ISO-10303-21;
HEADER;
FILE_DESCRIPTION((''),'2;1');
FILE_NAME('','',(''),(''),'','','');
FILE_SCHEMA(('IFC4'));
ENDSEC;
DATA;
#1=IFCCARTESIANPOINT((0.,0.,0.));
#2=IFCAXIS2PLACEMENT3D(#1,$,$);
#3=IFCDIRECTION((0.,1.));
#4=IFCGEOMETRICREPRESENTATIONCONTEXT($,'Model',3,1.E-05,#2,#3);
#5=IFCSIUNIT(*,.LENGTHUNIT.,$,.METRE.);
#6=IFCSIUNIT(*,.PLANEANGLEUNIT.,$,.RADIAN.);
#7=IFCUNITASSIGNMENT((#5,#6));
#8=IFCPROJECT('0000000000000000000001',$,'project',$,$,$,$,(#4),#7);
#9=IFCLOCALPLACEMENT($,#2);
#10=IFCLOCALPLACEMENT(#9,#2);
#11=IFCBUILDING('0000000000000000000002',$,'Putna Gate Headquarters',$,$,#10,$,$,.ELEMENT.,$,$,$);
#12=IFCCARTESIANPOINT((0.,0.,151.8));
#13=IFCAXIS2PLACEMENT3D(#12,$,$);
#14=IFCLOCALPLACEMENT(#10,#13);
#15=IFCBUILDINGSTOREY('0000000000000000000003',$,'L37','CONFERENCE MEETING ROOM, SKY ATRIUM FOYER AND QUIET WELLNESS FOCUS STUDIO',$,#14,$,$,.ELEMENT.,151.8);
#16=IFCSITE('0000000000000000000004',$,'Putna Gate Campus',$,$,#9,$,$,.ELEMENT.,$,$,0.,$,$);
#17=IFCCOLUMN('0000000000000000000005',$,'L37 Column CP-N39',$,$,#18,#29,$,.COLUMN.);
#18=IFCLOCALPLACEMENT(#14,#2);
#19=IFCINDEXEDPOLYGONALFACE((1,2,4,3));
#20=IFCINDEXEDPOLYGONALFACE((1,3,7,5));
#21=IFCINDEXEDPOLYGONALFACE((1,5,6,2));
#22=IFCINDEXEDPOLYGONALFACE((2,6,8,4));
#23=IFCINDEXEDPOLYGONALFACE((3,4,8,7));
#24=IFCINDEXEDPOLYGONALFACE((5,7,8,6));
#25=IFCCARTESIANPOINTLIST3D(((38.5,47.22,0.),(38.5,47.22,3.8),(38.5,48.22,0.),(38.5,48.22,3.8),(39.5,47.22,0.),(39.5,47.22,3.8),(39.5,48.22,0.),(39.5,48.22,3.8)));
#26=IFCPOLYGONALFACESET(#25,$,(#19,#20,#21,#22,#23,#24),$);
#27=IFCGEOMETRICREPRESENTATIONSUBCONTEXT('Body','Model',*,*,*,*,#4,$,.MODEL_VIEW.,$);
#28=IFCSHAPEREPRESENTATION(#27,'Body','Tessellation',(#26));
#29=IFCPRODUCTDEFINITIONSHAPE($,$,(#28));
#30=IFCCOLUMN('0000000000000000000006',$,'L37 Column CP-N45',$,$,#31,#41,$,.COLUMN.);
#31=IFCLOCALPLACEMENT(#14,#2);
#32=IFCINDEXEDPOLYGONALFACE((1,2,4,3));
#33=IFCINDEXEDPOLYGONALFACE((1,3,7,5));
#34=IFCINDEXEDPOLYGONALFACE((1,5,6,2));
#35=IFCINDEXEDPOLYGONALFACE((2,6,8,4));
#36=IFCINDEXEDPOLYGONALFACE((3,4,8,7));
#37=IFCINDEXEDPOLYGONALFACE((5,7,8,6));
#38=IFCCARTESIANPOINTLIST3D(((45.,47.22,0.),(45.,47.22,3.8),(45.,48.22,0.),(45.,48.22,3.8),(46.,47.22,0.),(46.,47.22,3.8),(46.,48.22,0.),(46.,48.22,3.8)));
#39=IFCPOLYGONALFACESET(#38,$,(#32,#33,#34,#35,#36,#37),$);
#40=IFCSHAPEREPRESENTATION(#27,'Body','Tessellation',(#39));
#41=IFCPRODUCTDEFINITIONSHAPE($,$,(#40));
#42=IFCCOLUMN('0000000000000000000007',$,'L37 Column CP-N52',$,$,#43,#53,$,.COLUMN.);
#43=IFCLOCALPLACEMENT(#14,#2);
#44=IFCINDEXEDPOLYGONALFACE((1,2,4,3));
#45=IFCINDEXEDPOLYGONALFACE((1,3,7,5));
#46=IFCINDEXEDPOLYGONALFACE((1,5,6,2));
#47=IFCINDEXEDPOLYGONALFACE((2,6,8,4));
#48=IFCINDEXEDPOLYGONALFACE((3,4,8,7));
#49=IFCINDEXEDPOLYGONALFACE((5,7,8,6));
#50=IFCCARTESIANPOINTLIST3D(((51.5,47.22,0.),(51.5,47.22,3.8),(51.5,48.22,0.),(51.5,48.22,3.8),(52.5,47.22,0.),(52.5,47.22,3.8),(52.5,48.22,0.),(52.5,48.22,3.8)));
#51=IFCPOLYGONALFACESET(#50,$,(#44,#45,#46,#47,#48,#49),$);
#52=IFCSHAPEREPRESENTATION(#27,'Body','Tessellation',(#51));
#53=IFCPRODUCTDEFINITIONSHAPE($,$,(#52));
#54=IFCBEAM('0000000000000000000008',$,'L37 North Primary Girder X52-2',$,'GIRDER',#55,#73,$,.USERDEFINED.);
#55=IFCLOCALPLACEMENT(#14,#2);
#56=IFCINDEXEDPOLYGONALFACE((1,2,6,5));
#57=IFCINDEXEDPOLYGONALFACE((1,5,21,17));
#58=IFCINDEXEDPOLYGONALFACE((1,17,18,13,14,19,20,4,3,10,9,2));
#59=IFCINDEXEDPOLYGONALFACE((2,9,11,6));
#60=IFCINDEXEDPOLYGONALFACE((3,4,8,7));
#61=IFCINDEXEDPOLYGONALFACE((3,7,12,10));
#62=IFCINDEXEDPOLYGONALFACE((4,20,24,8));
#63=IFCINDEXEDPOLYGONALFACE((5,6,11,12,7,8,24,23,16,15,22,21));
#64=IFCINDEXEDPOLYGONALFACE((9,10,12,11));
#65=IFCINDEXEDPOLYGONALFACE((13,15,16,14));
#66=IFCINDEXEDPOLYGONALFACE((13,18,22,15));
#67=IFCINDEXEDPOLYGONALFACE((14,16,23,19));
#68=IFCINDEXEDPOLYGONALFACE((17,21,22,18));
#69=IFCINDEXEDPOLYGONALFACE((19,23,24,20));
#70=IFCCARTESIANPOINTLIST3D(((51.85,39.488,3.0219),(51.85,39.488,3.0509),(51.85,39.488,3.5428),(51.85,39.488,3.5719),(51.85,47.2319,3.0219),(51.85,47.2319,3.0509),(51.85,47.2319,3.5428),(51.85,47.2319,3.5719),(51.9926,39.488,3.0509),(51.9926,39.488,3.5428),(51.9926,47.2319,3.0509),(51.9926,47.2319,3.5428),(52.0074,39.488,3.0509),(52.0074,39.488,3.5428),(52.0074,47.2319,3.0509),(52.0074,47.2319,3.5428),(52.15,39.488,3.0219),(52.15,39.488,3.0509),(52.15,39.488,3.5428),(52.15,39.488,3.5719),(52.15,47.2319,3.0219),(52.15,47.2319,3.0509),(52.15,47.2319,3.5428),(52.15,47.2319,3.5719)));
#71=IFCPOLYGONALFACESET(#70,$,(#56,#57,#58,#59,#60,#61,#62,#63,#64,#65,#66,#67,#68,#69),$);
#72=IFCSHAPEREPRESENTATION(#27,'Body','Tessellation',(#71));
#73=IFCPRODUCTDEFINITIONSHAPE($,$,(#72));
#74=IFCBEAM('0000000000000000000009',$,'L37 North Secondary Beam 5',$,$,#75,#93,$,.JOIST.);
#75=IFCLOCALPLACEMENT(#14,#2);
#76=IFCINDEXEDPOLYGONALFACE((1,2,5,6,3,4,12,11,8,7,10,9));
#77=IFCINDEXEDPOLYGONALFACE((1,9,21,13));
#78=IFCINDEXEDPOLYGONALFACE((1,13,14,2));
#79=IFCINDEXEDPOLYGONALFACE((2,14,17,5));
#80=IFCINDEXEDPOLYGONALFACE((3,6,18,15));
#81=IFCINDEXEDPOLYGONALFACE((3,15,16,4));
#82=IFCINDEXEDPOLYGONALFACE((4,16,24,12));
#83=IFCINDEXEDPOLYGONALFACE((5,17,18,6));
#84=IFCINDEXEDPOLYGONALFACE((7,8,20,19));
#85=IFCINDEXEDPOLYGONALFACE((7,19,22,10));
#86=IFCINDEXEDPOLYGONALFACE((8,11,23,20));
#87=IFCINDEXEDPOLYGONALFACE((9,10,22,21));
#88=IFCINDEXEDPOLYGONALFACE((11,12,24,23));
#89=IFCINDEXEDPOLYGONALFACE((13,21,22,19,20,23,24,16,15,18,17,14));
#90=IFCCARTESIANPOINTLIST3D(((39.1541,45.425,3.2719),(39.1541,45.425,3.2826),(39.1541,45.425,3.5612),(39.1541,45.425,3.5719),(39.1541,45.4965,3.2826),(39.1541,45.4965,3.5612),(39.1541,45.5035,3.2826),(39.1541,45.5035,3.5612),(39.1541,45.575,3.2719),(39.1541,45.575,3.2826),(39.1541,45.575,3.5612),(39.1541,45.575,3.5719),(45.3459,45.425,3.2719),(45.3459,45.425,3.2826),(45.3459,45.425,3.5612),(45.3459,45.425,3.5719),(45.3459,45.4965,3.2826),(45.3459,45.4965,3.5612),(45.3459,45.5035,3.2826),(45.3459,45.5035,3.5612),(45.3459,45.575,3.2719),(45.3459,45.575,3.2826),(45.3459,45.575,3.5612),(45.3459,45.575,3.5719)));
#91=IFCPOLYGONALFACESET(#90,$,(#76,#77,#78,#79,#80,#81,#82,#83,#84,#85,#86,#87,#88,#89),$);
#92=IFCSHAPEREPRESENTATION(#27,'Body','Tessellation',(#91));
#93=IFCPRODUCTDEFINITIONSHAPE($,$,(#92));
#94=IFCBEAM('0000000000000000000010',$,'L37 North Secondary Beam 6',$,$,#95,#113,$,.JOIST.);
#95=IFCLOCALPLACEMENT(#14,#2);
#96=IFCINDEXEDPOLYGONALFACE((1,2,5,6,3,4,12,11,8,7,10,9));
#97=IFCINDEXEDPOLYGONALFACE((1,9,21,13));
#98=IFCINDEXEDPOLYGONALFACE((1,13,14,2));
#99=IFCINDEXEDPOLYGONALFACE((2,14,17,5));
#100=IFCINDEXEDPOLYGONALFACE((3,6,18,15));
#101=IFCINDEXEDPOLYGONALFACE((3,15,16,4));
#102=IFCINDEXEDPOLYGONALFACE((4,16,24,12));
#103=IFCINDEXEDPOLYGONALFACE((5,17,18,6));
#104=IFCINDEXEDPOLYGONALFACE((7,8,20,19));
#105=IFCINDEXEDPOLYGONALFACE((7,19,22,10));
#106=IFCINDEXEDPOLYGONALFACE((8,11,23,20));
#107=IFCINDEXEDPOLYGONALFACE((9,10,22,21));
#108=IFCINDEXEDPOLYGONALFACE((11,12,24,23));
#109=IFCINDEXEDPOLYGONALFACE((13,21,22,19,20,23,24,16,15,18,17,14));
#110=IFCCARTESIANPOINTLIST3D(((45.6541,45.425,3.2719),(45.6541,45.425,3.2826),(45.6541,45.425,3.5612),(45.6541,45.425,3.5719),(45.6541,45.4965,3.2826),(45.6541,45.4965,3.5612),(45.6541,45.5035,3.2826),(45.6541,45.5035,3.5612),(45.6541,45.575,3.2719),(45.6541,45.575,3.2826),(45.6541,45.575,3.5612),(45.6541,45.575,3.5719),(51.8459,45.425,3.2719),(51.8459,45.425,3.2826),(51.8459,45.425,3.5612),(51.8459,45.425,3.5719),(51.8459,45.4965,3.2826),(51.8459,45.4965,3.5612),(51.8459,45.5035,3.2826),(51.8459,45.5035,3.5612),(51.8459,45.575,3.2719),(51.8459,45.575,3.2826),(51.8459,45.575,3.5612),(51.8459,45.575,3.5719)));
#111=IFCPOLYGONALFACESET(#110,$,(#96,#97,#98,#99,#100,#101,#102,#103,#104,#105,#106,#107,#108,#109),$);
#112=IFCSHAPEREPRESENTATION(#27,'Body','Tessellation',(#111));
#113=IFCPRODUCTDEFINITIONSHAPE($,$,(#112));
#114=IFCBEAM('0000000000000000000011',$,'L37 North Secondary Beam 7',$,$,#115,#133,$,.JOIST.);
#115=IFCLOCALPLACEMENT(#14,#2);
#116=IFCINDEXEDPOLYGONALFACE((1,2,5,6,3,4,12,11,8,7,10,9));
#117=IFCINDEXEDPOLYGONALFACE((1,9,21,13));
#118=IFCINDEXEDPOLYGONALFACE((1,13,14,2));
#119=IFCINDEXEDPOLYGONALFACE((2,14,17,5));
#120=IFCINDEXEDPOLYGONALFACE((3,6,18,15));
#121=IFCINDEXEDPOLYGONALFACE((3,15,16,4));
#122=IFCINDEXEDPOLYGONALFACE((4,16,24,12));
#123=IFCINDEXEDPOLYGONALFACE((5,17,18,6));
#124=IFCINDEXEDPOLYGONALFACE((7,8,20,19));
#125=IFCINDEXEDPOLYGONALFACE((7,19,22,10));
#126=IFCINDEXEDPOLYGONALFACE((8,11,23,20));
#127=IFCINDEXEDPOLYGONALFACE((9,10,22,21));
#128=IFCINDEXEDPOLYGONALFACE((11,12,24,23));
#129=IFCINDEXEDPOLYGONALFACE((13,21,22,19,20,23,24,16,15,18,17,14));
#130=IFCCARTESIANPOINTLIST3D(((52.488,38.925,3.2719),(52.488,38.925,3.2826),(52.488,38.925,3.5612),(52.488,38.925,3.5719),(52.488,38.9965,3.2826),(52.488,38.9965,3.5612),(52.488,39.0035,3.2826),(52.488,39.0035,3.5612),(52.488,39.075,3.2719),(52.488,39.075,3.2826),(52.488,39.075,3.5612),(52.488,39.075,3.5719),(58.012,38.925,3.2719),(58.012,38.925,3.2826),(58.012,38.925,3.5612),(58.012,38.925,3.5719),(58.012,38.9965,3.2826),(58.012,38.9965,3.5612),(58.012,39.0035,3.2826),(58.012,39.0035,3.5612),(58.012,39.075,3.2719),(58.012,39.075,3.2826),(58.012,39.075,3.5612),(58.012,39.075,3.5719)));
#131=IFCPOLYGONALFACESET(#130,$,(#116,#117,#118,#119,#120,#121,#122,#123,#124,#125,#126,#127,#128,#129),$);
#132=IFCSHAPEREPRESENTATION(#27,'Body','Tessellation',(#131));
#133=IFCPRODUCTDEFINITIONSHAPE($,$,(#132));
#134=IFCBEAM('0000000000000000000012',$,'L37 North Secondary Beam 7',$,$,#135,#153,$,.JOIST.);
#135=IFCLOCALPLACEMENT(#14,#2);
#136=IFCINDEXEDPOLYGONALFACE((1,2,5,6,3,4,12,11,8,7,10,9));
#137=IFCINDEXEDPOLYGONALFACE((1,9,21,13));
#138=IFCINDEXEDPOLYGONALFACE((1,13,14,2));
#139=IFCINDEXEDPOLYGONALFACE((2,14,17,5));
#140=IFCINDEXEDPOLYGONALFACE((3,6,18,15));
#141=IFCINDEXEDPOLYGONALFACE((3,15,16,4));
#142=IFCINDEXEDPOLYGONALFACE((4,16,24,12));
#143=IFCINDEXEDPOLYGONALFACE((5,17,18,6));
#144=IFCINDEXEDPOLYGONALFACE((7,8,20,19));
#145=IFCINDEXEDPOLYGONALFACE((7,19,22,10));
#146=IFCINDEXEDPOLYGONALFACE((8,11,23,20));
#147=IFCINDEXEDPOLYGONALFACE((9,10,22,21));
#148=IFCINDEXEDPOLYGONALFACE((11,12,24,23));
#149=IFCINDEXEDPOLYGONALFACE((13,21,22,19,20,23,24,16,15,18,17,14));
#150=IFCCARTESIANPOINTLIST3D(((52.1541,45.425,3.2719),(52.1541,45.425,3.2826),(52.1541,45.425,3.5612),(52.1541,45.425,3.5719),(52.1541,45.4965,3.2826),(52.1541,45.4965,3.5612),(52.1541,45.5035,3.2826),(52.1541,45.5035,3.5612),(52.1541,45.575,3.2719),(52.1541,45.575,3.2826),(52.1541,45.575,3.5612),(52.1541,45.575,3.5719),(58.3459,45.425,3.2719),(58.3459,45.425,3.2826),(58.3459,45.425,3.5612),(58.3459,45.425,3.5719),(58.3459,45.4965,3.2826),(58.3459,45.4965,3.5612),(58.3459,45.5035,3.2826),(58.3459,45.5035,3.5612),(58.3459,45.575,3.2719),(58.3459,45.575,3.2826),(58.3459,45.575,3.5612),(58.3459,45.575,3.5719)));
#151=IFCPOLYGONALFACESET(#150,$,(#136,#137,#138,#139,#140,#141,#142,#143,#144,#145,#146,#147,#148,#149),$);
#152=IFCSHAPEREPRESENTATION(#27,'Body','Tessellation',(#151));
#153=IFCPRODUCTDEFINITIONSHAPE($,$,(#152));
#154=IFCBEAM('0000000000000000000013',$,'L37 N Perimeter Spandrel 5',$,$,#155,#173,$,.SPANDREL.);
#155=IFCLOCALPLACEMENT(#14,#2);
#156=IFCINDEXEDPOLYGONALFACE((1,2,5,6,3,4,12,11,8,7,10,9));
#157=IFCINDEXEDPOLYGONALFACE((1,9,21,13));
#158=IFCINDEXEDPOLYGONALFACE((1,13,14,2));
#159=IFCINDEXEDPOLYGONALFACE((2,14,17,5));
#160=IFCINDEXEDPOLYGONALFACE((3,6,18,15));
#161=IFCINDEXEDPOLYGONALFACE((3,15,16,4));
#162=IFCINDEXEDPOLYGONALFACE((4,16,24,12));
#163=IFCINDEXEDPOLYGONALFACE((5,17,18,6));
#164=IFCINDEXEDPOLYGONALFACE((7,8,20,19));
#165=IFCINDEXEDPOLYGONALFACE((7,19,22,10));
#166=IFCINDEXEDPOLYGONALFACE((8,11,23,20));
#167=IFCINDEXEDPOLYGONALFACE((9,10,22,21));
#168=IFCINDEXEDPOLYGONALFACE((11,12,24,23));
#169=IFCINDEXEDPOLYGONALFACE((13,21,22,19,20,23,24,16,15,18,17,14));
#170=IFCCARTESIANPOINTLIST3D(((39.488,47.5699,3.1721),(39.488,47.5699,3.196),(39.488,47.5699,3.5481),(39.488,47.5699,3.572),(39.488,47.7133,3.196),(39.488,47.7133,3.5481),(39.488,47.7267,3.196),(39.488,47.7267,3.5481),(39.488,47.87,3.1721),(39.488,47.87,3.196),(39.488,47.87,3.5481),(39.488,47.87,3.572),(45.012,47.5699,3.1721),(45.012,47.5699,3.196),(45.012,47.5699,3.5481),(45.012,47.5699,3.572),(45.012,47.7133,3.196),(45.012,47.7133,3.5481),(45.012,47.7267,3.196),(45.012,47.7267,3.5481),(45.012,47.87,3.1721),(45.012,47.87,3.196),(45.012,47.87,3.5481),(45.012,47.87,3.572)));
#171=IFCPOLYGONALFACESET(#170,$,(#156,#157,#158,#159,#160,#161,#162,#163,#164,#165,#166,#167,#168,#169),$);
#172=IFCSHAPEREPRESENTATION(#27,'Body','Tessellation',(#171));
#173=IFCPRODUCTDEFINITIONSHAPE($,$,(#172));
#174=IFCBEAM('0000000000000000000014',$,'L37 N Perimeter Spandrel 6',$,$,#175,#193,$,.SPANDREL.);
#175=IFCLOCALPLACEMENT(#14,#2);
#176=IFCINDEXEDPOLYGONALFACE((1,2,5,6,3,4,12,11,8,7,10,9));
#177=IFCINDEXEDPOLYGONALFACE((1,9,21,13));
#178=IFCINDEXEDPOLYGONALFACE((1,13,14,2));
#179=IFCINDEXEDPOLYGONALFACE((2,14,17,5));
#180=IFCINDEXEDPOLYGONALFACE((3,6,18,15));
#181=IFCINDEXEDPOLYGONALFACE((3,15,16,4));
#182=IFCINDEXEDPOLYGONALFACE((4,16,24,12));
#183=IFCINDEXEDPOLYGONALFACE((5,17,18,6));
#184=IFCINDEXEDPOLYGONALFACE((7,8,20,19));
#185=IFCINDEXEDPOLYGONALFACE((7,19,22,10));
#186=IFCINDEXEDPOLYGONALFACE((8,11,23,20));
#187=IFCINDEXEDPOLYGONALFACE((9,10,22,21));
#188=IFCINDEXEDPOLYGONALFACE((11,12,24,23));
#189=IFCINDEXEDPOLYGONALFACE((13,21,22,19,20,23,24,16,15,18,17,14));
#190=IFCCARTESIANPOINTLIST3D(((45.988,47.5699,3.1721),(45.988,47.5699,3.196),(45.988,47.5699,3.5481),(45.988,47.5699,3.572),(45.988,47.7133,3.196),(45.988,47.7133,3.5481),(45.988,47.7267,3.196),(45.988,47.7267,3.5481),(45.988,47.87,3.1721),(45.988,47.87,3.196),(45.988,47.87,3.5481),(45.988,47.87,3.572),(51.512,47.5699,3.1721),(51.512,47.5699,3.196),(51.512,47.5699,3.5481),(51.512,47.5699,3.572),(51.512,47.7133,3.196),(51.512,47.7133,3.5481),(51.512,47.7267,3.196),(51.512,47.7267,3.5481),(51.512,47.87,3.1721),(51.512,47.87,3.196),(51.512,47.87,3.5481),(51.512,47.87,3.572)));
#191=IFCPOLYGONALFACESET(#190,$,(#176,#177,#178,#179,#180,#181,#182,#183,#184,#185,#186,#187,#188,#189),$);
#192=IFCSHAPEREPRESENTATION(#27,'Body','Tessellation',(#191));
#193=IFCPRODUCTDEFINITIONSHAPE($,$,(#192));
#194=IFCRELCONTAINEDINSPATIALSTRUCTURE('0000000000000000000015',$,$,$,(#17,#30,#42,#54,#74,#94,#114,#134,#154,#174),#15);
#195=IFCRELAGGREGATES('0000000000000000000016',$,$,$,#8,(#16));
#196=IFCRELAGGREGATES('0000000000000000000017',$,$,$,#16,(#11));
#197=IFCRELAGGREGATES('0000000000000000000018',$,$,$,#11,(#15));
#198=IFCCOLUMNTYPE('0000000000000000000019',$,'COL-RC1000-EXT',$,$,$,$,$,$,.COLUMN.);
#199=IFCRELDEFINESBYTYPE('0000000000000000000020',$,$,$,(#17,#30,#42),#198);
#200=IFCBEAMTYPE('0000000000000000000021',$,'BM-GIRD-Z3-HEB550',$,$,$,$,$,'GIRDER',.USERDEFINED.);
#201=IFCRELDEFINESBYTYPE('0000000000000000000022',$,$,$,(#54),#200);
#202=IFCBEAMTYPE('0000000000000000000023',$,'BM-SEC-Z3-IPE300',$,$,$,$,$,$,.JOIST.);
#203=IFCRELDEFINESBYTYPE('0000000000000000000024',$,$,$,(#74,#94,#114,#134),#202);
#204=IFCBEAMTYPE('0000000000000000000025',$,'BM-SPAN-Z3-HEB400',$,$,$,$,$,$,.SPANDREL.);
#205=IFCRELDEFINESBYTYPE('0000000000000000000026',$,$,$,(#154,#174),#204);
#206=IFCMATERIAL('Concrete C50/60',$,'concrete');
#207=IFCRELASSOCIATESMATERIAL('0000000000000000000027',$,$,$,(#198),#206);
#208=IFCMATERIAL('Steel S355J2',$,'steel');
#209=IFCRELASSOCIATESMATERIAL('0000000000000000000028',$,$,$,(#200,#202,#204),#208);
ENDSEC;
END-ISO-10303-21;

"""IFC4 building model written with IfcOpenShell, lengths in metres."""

from ifc_helpers import new_model, si_unit, direction, frame, origin, origin_2d, place, context, subcontext, project, spatial, rectangle, i_section, extrude, material, material_profile, profile_set, type_object, element, save


model = new_model("IFC4")

# Units and contexts
model_context = context("Model", 3, precision=1e-05, world=origin(), true_north=direction((0.0, 1.0)))
body_context = subcontext(model_context, "Body", "Model", "MODEL_VIEW")
ifc_project = project(units=[si_unit("LENGTHUNIT", "METRE"), si_unit("PLANEANGLEUNIT", "RADIAN")], contexts=[model_context])

# Site, building, storey
site_placement = place(None, origin())
site = spatial("IfcSite", under=ifc_project, at=site_placement, Name="Putna Gate Campus", CompositionType="ELEMENT", RefElevation=0.0)
building_placement = place(site_placement, origin())
building = spatial("IfcBuilding", under=site, at=building_placement, Name="Putna Gate Headquarters", CompositionType="ELEMENT")
storey_placement = place(building_placement, frame((0.0, 0.0, 151.8)))
storey = spatial("IfcBuildingStorey", under=building, at=storey_placement, Name="L37", Description="CONFERENCE MEETING ROOM, SKY ATRIUM FOYER AND QUIET WELLNESS FOCUS STUDIO", CompositionType="ELEMENT", Elevation=151.8)

# Columns
ifc_material_1 = material(Name="Concrete C50/60", Category="concrete")
ifc_material_profile_1 = material_profile(ifc_material_1, rectangle(XDim=1.0, YDim=1.0, at=origin_2d()), Name="Concrete C50/60")
ifc_profile_set_1 = profile_set([ifc_material_profile_1], Name="Concrete C50/60")
column_type = type_object("IfcColumnType", Name="COL-RC1000-EXT", PredefinedType="COLUMN", material=ifc_profile_set_1)
for number, where, z_axis, x_axis, name in (
    (1, (39.0, 47.72, 0.0), (0.0, 0.0, 1.0), (1.0, 0.0, 0.0), "L37 Column CP-N39"),
    (2, (45.5, 47.72, 0.0), (0.0, 0.0, 1.0), (1.0, 0.0, 0.0), "L37 Column CP-N45"),
    (3, (52.0, 47.72, 0.0), (0.0, 0.0, 1.0), (1.0, 0.0, 0.0), "L37 Column CP-N52"),
):
    element("IfcColumn", number, at=place(storey_placement, frame(where, z_axis=z_axis, x_axis=x_axis)), inside=storey, type_object=column_type, Name=name, PredefinedType="COLUMN", context=body_context, shape_type="SweptSolid", body=[
        extrude(rectangle(XDim=1.0, YDim=1.0, at=origin_2d()), origin(), (0.0, 0.0, 1.0), 3.8),
    ])

# Beams
ifc_material_2 = material(Name="Steel S355J2", Category="steel")
ifc_material_profile_2 = material_profile(ifc_material_2, i_section(OverallWidth=0.3, OverallDepth=0.55, WebThickness=0.0149, FlangeThickness=0.0291, at=origin_2d()), Name="Steel S355J2")
ifc_profile_set_2 = profile_set([ifc_material_profile_2], Name="Steel S355J2")
beam_type_1 = type_object("IfcBeamType", Name="BM-GIRD-Z3-HEB550", ElementType="GIRDER", PredefinedType="USERDEFINED", material=ifc_profile_set_2)
beam_1_placement = place(storey_placement, frame((52.0, 39.488, 3.2969), z_axis=(0.0, 1.0, 0.0), x_axis=(-1.0, 0.0, 0.0)))
element("IfcBeam", 4, at=beam_1_placement, inside=storey, type_object=beam_type_1, Name="L37 North Primary Girder X52-2", ObjectType="GIRDER", PredefinedType="USERDEFINED", context=body_context, shape_type="SweptSolid", body=[
    extrude(i_section(OverallWidth=0.3, OverallDepth=0.55, WebThickness=0.0149, FlangeThickness=0.0291, at=origin_2d()), origin(), (0.0, 0.0, 1.0), 7.7439),
])
ifc_material_profile_3 = material_profile(ifc_material_2, i_section(OverallWidth=0.1499, OverallDepth=0.3, WebThickness=0.0071, FlangeThickness=0.0107, at=origin_2d()), Name="Steel S355J2")
ifc_profile_set_3 = profile_set([ifc_material_profile_3], Name="Steel S355J2")
beam_type_2 = type_object("IfcBeamType", Name="BM-SEC-Z3-IPE300", PredefinedType="JOIST", material=ifc_profile_set_3)
for number, where, z_axis, x_axis, name in (
    (5, (39.1541, 45.5, 3.4219), (1.0, 0.0, 0.0), (0.0, 1.0, 0.0), "L37 North Secondary Beam 5"),
    (6, (45.6541, 45.5, 3.4219), (1.0, 0.0, 0.0), (0.0, 1.0, 0.0), "L37 North Secondary Beam 6"),
):
    element("IfcBeam", number, at=place(storey_placement, frame(where, z_axis=z_axis, x_axis=x_axis)), inside=storey, type_object=beam_type_2, Name=name, PredefinedType="JOIST", context=body_context, shape_type="SweptSolid", body=[
        extrude(i_section(OverallWidth=0.1499, OverallDepth=0.3, WebThickness=0.0071, FlangeThickness=0.0107, at=origin_2d()), origin(), (0.0, 0.0, 1.0), 6.1919),
    ])
beam_2_placement = place(storey_placement, frame((52.488, 39.0, 3.4219), z_axis=(1.0, 0.0, 0.0), x_axis=(0.0, 1.0, 0.0)))
element("IfcBeam", 7, at=beam_2_placement, inside=storey, type_object=beam_type_2, Name="L37 North Secondary Beam 7", PredefinedType="JOIST", context=body_context, shape_type="SweptSolid", body=[
    extrude(i_section(OverallWidth=0.1499, OverallDepth=0.3, WebThickness=0.0071, FlangeThickness=0.0107, at=origin_2d()), origin(), (0.0, 0.0, 1.0), 5.5239),
])
beam_3_placement = place(storey_placement, frame((52.1541, 45.5, 3.4219), z_axis=(1.0, 0.0, 0.0), x_axis=(0.0, 1.0, 0.0)))
element("IfcBeam", 8, at=beam_3_placement, inside=storey, type_object=beam_type_2, Name="L37 North Secondary Beam 7", PredefinedType="JOIST", context=body_context, shape_type="SweptSolid", body=[
    extrude(i_section(OverallWidth=0.1499, OverallDepth=0.3, WebThickness=0.0071, FlangeThickness=0.0107, at=origin_2d()), origin(), (0.0, 0.0, 1.0), 6.1919),
])
ifc_material_profile_4 = material_profile(ifc_material_2, i_section(OverallWidth=0.3, OverallDepth=0.3999, WebThickness=0.0134, FlangeThickness=0.0239, at=origin_2d()), Name="Steel S355J2")
ifc_profile_set_4 = profile_set([ifc_material_profile_4], Name="Steel S355J2")
beam_type_3 = type_object("IfcBeamType", Name="BM-SPAN-Z3-HEB400", PredefinedType="SPANDREL", material=ifc_profile_set_4)
for number, where, z_axis, x_axis, name in (
    (9, (39.488, 47.72, 3.3721), (1.0, 0.0, 0.0), (0.0, 1.0, 0.0), "L37 N Perimeter Spandrel 5"),
    (10, (45.988, 47.72, 3.3721), (1.0, 0.0, 0.0), (0.0, 1.0, 0.0), "L37 N Perimeter Spandrel 6"),
):
    element("IfcBeam", number, at=place(storey_placement, frame(where, z_axis=z_axis, x_axis=x_axis)), inside=storey, type_object=beam_type_3, Name=name, PredefinedType="SPANDREL", context=body_context, shape_type="SweptSolid", body=[
        extrude(i_section(OverallWidth=0.3, OverallDepth=0.3999, WebThickness=0.0134, FlangeThickness=0.0239, at=origin_2d()), origin(), (0.0, 0.0, 1.0), 5.5239),
    ])

save(model, "model.ifc")
